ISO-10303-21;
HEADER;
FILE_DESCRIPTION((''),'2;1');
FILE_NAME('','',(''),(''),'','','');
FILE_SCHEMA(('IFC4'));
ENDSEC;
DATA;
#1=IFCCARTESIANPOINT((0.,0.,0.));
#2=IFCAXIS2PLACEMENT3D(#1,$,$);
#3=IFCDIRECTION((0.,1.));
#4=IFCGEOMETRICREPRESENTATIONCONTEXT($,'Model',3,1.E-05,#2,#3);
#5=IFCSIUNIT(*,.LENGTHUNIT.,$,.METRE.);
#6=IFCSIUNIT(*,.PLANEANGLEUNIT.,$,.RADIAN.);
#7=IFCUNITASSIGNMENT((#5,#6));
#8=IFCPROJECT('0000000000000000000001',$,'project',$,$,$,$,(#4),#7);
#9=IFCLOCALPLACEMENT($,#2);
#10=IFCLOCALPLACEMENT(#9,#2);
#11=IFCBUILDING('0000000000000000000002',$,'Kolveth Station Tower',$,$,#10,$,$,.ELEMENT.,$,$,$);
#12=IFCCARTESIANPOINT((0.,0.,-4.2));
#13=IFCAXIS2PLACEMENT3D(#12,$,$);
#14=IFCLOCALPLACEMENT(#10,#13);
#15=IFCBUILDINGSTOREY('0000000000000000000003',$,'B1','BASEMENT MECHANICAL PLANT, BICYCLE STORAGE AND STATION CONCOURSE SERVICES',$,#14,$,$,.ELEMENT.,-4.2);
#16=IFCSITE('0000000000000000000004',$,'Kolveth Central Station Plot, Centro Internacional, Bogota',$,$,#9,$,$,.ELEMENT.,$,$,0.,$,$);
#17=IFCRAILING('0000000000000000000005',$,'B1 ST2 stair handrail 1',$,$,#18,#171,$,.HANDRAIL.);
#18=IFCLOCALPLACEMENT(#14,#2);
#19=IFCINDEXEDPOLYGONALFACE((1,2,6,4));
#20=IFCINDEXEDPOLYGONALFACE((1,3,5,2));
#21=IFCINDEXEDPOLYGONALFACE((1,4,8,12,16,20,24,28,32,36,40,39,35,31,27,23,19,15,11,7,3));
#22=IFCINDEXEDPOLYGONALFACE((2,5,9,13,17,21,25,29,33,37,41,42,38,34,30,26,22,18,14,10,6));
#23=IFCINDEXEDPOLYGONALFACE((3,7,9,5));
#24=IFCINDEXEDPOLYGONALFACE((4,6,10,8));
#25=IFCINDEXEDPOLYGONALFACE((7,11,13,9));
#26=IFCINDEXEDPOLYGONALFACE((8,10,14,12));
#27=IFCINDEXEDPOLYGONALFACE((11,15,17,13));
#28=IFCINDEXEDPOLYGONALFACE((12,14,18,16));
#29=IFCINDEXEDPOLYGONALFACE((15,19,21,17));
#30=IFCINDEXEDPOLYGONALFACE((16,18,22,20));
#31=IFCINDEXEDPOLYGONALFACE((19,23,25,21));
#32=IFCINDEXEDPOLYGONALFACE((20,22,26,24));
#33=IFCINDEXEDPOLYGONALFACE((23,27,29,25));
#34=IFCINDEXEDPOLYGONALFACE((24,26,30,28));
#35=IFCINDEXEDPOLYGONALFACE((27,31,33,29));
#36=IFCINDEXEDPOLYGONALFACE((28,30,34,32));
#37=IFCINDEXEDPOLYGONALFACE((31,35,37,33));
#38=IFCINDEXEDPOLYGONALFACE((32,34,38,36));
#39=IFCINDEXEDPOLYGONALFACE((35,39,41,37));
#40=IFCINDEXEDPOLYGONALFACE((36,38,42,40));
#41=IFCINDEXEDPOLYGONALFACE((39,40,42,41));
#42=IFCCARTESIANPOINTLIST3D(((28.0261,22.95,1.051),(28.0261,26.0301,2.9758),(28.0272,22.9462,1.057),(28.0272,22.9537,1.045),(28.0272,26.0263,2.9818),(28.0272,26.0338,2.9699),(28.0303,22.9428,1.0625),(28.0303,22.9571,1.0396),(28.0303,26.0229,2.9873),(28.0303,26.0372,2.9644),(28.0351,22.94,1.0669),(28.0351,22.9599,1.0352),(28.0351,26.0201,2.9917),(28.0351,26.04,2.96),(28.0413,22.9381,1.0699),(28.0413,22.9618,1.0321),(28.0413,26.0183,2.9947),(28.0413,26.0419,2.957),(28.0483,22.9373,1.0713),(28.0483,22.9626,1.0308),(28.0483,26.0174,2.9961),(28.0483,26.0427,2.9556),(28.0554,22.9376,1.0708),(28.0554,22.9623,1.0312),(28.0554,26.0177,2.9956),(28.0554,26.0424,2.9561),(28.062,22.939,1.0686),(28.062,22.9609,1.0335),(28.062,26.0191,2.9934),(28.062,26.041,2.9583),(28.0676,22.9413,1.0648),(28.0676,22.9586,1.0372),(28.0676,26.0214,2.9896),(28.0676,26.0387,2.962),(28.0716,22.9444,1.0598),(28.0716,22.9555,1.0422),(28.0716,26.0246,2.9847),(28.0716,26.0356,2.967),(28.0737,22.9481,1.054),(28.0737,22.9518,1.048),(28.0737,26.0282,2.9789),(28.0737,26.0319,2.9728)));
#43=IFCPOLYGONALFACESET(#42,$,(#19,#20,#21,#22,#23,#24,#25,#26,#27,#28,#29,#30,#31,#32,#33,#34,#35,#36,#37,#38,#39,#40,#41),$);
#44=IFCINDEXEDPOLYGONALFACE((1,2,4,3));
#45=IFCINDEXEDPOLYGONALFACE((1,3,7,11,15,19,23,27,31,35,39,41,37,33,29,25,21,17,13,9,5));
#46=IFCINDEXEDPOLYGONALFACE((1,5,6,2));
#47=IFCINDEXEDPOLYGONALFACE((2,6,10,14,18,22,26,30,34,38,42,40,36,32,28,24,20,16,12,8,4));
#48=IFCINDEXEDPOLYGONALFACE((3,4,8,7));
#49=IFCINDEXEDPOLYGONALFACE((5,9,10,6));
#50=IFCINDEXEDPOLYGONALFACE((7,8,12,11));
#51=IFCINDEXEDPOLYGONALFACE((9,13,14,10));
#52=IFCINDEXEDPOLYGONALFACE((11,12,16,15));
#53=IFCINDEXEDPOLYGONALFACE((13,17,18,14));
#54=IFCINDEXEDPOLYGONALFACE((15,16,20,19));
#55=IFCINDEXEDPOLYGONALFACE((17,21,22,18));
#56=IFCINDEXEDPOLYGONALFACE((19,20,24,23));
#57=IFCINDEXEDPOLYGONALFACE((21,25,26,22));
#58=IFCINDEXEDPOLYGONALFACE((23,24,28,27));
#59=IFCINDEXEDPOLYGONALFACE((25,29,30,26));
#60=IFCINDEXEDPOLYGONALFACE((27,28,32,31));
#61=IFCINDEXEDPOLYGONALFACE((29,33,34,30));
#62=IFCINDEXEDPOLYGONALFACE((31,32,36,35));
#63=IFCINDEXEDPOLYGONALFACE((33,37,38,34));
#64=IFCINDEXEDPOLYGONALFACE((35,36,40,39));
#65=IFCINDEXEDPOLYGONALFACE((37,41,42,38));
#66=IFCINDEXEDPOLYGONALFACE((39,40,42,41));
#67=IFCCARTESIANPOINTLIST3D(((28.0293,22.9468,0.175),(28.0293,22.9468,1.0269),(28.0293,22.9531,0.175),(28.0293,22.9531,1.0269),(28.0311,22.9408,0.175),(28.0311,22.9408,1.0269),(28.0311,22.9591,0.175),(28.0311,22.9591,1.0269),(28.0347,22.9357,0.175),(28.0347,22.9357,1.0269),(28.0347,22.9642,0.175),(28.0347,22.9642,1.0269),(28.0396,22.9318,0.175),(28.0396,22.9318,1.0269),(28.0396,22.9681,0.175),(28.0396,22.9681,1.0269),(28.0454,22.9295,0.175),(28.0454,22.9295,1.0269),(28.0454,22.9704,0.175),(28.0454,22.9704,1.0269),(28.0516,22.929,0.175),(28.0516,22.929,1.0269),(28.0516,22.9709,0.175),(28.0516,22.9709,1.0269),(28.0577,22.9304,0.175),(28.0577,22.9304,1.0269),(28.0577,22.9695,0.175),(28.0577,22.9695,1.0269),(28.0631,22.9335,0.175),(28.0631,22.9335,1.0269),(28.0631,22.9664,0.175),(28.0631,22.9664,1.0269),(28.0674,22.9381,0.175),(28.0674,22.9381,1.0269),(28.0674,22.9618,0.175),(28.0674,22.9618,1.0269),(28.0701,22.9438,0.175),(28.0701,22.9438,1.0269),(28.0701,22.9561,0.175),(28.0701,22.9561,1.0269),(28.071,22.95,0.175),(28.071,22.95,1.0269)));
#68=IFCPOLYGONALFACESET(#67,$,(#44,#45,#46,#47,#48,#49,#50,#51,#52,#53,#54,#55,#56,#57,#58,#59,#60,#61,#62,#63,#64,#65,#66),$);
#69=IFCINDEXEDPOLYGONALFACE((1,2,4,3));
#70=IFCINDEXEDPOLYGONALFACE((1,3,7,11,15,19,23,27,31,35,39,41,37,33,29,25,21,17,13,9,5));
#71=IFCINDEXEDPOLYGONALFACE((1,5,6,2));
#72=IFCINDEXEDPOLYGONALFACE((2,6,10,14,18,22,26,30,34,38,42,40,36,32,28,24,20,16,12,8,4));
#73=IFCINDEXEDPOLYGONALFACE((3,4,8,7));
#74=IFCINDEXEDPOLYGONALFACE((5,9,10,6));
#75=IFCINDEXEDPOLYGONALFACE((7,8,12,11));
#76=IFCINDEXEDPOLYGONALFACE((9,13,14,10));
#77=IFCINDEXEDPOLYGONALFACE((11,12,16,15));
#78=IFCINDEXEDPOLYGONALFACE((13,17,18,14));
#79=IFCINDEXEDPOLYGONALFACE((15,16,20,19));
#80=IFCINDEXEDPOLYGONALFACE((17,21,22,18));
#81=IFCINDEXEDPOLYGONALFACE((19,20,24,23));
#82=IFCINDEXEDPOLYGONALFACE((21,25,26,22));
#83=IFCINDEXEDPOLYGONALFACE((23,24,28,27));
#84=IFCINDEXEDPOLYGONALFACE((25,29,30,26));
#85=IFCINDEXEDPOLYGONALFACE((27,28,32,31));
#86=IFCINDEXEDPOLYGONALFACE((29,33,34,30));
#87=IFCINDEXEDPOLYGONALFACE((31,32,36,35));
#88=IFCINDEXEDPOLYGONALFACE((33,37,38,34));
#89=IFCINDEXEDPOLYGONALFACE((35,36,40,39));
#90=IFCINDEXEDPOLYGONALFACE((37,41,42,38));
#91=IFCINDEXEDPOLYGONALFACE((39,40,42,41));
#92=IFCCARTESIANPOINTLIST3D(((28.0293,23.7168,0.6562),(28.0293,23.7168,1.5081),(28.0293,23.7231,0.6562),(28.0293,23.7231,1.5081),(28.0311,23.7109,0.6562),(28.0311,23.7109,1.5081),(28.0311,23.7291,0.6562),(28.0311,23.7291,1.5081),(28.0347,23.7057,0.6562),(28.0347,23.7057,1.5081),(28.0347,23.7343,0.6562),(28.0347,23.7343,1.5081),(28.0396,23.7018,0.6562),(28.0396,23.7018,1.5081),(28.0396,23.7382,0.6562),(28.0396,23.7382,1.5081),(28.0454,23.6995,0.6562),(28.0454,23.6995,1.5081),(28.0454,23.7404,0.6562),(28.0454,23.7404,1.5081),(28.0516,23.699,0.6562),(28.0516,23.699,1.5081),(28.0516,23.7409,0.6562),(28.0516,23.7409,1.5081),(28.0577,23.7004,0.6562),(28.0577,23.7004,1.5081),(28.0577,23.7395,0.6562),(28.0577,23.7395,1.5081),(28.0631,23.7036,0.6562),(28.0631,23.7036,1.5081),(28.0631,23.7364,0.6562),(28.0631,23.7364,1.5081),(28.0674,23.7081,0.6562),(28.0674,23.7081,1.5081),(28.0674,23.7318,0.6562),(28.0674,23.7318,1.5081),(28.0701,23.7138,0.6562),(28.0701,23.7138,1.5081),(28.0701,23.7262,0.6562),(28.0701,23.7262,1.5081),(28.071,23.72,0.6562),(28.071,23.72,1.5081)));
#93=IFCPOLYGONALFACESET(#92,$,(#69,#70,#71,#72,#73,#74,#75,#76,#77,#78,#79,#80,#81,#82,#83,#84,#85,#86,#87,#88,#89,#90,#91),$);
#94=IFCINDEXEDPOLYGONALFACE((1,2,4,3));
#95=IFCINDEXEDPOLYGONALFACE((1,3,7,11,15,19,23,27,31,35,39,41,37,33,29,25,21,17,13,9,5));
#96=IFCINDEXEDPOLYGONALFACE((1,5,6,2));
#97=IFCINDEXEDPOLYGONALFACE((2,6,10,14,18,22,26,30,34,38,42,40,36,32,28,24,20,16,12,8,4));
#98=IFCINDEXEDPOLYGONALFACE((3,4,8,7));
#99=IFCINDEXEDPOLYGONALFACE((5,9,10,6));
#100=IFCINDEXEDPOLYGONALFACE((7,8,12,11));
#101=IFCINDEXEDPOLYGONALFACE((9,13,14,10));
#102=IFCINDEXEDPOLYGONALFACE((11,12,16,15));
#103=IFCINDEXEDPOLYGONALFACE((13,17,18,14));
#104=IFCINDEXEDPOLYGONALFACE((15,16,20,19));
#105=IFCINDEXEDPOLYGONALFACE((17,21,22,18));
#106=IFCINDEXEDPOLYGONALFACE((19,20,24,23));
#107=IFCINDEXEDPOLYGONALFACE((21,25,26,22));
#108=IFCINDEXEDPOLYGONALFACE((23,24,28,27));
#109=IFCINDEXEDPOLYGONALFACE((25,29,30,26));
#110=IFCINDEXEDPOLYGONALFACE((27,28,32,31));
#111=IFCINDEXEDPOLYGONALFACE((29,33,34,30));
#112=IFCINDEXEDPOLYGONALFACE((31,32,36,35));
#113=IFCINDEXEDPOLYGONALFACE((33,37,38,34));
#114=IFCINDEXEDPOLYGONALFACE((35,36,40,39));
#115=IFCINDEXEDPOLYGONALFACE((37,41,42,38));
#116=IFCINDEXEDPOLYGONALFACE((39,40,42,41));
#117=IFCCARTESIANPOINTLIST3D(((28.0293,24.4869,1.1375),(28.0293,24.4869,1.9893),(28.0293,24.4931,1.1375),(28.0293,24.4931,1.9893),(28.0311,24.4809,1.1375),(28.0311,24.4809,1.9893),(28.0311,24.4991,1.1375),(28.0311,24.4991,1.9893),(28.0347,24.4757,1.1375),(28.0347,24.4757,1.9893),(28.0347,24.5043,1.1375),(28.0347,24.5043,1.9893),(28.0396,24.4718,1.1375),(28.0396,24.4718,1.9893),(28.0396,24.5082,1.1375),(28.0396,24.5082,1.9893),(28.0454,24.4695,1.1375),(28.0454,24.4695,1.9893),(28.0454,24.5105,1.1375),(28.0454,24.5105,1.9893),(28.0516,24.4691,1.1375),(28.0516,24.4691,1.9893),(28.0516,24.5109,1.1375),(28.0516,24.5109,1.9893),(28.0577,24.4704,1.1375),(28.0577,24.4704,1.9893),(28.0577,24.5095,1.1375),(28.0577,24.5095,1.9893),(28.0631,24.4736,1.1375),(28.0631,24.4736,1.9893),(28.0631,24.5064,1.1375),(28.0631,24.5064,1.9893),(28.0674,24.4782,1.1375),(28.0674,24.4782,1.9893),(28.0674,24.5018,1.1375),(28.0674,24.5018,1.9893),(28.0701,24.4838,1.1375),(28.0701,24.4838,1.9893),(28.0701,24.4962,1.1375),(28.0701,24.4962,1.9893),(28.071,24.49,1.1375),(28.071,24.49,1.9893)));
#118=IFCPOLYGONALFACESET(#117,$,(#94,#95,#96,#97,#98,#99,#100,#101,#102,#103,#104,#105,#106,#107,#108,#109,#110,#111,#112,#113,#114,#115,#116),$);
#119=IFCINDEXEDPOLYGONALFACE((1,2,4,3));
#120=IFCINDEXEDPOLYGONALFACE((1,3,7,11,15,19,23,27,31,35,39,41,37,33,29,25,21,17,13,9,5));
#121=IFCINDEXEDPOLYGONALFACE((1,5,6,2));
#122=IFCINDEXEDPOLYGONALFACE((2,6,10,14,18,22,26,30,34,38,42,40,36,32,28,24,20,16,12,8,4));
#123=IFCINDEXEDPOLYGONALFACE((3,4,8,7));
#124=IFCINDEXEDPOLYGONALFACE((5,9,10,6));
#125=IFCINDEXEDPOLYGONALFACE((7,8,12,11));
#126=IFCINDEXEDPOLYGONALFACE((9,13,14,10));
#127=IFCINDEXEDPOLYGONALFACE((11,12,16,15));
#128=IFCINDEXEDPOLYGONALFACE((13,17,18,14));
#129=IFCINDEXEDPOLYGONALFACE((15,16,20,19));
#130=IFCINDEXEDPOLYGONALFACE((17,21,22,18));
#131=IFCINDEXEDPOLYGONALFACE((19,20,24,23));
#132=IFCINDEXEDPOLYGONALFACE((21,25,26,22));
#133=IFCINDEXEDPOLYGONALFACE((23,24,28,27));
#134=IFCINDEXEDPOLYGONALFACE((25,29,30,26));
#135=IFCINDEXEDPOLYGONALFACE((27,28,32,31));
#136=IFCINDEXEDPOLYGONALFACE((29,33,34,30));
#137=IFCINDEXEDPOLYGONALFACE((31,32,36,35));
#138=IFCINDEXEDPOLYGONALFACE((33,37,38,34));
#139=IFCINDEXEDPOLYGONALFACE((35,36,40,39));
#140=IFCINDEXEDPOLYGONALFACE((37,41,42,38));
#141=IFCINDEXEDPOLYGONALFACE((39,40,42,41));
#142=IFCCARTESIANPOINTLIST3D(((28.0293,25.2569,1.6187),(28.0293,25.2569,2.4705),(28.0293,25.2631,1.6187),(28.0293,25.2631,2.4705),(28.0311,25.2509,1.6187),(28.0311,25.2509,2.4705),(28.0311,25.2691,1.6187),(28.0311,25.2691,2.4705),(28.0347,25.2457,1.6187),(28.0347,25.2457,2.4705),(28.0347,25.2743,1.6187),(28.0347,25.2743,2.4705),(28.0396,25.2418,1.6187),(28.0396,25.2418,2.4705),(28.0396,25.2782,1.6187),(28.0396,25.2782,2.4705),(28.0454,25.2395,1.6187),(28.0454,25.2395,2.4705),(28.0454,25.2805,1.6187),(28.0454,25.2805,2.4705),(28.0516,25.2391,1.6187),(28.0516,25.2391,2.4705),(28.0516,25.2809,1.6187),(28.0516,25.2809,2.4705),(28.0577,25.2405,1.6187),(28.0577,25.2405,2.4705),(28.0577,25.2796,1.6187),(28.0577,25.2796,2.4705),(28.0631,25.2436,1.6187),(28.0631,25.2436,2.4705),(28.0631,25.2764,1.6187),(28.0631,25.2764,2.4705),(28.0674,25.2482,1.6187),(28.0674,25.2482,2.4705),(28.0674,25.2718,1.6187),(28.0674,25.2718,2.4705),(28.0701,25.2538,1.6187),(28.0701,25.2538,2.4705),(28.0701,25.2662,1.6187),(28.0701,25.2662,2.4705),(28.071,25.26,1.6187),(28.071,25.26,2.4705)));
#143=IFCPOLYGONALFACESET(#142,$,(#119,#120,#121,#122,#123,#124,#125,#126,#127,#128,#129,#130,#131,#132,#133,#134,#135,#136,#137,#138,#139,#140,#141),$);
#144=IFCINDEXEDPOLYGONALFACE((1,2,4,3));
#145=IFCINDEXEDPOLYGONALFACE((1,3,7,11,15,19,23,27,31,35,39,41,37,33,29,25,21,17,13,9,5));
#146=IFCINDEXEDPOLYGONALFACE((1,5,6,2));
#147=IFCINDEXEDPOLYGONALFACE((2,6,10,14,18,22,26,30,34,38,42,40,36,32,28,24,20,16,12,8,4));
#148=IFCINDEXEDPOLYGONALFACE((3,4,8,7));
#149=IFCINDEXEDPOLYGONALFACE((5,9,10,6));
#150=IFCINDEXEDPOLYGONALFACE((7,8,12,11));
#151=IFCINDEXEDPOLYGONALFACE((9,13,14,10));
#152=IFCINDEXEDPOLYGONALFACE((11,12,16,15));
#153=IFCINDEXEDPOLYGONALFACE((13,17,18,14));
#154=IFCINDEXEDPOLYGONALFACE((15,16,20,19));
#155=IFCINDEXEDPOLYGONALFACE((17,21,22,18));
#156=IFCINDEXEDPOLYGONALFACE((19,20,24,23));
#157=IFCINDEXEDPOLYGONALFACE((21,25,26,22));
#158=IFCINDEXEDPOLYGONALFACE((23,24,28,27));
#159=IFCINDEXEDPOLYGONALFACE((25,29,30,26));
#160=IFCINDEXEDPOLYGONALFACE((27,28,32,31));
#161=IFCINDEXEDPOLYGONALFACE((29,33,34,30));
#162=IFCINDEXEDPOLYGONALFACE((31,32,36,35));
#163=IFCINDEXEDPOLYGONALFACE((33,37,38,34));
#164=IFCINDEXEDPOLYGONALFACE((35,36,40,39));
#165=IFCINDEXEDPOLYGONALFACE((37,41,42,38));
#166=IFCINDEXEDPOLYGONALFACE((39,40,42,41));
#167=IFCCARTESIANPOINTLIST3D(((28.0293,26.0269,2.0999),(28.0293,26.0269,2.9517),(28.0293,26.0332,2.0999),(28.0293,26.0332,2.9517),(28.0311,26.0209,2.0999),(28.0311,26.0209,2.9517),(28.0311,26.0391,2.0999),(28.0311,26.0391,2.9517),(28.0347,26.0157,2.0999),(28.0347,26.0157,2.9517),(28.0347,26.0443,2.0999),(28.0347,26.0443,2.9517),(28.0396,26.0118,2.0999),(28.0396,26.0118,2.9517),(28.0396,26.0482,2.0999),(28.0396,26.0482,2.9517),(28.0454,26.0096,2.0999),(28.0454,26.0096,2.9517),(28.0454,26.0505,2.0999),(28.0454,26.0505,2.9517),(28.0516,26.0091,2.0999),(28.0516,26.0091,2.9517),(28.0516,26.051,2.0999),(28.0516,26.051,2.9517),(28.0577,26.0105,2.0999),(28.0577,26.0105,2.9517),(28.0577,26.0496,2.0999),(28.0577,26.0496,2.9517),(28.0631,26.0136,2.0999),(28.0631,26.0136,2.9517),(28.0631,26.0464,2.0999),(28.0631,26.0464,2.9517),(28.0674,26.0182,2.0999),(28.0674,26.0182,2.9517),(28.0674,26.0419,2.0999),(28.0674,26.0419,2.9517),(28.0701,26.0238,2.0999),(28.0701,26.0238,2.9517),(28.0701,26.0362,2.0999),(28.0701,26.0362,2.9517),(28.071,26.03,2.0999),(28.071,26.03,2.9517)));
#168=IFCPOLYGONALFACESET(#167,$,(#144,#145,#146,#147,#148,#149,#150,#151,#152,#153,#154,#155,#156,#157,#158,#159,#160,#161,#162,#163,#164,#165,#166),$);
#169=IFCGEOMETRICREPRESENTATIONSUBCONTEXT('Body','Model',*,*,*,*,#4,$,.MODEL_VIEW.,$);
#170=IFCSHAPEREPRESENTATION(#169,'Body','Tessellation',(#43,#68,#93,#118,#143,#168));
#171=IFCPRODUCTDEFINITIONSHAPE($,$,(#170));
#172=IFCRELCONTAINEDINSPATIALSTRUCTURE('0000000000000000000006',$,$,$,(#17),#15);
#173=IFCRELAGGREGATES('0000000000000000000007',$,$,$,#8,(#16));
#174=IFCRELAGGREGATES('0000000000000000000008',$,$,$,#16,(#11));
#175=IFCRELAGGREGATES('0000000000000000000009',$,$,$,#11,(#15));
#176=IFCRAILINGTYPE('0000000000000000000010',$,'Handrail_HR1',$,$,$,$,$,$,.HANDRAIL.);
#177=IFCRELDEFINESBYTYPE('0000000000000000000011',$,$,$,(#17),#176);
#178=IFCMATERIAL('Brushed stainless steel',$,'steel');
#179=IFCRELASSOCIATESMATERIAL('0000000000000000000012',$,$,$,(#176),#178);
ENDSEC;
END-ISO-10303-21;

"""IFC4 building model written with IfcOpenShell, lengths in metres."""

from ifc_helpers import new_model, si_unit, direction, frame, origin, origin_2d, place, context, subcontext, project, spatial, circle, extrude, material, type_object, element, save


model = new_model("IFC4")

# Units and contexts
model_context = context("Model", 3, precision=1e-05, world=origin(), true_north=direction((0.0, 1.0)))
body_context = subcontext(model_context, "Body", "Model", "MODEL_VIEW")
ifc_project = project(units=[si_unit("LENGTHUNIT", "METRE"), si_unit("PLANEANGLEUNIT", "RADIAN")], contexts=[model_context])

# Site, building, storey
site_placement = place(None, origin())
site = spatial("IfcSite", under=ifc_project, at=site_placement, Name="Kolveth Central Station Plot, Centro Internacional, Bogota", CompositionType="ELEMENT", RefElevation=0.0)
building_placement = place(site_placement, origin())
building = spatial("IfcBuilding", under=site, at=building_placement, Name="Kolveth Station Tower", CompositionType="ELEMENT")
storey_placement = place(building_placement, frame((0.0, 0.0, -4.2)))
storey = spatial("IfcBuildingStorey", under=building, at=storey_placement, Name="B1", Description="BASEMENT MECHANICAL PLANT, BICYCLE STORAGE AND STATION CONCOURSE SERVICES", CompositionType="ELEMENT", Elevation=-4.2)

# Railing
ifc_material_1 = material(Name="Brushed stainless steel", Category="steel")
railing_type_1 = type_object("IfcRailingType", Name="Handrail_HR1", PredefinedType="HANDRAIL", material=ifc_material_1)
railing_1_placement = place(storey_placement, frame((28.05, 22.95, 0.175)))
element("IfcRailing", 1, at=railing_1_placement, inside=storey, type_object=railing_type_1, Name="B1 ST2 stair handrail 1", PredefinedType="HANDRAIL", context=body_context, shape_type="SweptSolid", body=[
    extrude(circle(Radius=0.0239, at=origin_2d()), frame((0.0, 0.0, 0.876), z_axis=(0.0, 0.848029, 0.529951), x_axis=(-1.0, 0.0, 0.0)), (0.0, 0.0, 1.0), 3.6321),
    extrude(circle(Radius=0.021, at=origin_2d()), origin(), (0.0, 0.0, 1.0), 0.8518),
    extrude(circle(Radius=0.021, at=origin_2d()), frame((0.0, 0.77, 0.4812)), (0.0, 0.0, 1.0), 0.8518),
    extrude(circle(Radius=0.021, at=origin_2d()), frame((0.0, 1.54, 0.9624)), (0.0, 0.0, 1.0), 0.8518),
    extrude(circle(Radius=0.021, at=origin_2d()), frame((0.0, 2.3101, 1.4436)), (0.0, 0.0, 1.0), 0.8518),
    extrude(circle(Radius=0.021, at=origin_2d()), frame((0.0, 3.0801, 1.9248)), (0.0, 0.0, 1.0), 0.8518),
])

save(model, "model.ifc")
